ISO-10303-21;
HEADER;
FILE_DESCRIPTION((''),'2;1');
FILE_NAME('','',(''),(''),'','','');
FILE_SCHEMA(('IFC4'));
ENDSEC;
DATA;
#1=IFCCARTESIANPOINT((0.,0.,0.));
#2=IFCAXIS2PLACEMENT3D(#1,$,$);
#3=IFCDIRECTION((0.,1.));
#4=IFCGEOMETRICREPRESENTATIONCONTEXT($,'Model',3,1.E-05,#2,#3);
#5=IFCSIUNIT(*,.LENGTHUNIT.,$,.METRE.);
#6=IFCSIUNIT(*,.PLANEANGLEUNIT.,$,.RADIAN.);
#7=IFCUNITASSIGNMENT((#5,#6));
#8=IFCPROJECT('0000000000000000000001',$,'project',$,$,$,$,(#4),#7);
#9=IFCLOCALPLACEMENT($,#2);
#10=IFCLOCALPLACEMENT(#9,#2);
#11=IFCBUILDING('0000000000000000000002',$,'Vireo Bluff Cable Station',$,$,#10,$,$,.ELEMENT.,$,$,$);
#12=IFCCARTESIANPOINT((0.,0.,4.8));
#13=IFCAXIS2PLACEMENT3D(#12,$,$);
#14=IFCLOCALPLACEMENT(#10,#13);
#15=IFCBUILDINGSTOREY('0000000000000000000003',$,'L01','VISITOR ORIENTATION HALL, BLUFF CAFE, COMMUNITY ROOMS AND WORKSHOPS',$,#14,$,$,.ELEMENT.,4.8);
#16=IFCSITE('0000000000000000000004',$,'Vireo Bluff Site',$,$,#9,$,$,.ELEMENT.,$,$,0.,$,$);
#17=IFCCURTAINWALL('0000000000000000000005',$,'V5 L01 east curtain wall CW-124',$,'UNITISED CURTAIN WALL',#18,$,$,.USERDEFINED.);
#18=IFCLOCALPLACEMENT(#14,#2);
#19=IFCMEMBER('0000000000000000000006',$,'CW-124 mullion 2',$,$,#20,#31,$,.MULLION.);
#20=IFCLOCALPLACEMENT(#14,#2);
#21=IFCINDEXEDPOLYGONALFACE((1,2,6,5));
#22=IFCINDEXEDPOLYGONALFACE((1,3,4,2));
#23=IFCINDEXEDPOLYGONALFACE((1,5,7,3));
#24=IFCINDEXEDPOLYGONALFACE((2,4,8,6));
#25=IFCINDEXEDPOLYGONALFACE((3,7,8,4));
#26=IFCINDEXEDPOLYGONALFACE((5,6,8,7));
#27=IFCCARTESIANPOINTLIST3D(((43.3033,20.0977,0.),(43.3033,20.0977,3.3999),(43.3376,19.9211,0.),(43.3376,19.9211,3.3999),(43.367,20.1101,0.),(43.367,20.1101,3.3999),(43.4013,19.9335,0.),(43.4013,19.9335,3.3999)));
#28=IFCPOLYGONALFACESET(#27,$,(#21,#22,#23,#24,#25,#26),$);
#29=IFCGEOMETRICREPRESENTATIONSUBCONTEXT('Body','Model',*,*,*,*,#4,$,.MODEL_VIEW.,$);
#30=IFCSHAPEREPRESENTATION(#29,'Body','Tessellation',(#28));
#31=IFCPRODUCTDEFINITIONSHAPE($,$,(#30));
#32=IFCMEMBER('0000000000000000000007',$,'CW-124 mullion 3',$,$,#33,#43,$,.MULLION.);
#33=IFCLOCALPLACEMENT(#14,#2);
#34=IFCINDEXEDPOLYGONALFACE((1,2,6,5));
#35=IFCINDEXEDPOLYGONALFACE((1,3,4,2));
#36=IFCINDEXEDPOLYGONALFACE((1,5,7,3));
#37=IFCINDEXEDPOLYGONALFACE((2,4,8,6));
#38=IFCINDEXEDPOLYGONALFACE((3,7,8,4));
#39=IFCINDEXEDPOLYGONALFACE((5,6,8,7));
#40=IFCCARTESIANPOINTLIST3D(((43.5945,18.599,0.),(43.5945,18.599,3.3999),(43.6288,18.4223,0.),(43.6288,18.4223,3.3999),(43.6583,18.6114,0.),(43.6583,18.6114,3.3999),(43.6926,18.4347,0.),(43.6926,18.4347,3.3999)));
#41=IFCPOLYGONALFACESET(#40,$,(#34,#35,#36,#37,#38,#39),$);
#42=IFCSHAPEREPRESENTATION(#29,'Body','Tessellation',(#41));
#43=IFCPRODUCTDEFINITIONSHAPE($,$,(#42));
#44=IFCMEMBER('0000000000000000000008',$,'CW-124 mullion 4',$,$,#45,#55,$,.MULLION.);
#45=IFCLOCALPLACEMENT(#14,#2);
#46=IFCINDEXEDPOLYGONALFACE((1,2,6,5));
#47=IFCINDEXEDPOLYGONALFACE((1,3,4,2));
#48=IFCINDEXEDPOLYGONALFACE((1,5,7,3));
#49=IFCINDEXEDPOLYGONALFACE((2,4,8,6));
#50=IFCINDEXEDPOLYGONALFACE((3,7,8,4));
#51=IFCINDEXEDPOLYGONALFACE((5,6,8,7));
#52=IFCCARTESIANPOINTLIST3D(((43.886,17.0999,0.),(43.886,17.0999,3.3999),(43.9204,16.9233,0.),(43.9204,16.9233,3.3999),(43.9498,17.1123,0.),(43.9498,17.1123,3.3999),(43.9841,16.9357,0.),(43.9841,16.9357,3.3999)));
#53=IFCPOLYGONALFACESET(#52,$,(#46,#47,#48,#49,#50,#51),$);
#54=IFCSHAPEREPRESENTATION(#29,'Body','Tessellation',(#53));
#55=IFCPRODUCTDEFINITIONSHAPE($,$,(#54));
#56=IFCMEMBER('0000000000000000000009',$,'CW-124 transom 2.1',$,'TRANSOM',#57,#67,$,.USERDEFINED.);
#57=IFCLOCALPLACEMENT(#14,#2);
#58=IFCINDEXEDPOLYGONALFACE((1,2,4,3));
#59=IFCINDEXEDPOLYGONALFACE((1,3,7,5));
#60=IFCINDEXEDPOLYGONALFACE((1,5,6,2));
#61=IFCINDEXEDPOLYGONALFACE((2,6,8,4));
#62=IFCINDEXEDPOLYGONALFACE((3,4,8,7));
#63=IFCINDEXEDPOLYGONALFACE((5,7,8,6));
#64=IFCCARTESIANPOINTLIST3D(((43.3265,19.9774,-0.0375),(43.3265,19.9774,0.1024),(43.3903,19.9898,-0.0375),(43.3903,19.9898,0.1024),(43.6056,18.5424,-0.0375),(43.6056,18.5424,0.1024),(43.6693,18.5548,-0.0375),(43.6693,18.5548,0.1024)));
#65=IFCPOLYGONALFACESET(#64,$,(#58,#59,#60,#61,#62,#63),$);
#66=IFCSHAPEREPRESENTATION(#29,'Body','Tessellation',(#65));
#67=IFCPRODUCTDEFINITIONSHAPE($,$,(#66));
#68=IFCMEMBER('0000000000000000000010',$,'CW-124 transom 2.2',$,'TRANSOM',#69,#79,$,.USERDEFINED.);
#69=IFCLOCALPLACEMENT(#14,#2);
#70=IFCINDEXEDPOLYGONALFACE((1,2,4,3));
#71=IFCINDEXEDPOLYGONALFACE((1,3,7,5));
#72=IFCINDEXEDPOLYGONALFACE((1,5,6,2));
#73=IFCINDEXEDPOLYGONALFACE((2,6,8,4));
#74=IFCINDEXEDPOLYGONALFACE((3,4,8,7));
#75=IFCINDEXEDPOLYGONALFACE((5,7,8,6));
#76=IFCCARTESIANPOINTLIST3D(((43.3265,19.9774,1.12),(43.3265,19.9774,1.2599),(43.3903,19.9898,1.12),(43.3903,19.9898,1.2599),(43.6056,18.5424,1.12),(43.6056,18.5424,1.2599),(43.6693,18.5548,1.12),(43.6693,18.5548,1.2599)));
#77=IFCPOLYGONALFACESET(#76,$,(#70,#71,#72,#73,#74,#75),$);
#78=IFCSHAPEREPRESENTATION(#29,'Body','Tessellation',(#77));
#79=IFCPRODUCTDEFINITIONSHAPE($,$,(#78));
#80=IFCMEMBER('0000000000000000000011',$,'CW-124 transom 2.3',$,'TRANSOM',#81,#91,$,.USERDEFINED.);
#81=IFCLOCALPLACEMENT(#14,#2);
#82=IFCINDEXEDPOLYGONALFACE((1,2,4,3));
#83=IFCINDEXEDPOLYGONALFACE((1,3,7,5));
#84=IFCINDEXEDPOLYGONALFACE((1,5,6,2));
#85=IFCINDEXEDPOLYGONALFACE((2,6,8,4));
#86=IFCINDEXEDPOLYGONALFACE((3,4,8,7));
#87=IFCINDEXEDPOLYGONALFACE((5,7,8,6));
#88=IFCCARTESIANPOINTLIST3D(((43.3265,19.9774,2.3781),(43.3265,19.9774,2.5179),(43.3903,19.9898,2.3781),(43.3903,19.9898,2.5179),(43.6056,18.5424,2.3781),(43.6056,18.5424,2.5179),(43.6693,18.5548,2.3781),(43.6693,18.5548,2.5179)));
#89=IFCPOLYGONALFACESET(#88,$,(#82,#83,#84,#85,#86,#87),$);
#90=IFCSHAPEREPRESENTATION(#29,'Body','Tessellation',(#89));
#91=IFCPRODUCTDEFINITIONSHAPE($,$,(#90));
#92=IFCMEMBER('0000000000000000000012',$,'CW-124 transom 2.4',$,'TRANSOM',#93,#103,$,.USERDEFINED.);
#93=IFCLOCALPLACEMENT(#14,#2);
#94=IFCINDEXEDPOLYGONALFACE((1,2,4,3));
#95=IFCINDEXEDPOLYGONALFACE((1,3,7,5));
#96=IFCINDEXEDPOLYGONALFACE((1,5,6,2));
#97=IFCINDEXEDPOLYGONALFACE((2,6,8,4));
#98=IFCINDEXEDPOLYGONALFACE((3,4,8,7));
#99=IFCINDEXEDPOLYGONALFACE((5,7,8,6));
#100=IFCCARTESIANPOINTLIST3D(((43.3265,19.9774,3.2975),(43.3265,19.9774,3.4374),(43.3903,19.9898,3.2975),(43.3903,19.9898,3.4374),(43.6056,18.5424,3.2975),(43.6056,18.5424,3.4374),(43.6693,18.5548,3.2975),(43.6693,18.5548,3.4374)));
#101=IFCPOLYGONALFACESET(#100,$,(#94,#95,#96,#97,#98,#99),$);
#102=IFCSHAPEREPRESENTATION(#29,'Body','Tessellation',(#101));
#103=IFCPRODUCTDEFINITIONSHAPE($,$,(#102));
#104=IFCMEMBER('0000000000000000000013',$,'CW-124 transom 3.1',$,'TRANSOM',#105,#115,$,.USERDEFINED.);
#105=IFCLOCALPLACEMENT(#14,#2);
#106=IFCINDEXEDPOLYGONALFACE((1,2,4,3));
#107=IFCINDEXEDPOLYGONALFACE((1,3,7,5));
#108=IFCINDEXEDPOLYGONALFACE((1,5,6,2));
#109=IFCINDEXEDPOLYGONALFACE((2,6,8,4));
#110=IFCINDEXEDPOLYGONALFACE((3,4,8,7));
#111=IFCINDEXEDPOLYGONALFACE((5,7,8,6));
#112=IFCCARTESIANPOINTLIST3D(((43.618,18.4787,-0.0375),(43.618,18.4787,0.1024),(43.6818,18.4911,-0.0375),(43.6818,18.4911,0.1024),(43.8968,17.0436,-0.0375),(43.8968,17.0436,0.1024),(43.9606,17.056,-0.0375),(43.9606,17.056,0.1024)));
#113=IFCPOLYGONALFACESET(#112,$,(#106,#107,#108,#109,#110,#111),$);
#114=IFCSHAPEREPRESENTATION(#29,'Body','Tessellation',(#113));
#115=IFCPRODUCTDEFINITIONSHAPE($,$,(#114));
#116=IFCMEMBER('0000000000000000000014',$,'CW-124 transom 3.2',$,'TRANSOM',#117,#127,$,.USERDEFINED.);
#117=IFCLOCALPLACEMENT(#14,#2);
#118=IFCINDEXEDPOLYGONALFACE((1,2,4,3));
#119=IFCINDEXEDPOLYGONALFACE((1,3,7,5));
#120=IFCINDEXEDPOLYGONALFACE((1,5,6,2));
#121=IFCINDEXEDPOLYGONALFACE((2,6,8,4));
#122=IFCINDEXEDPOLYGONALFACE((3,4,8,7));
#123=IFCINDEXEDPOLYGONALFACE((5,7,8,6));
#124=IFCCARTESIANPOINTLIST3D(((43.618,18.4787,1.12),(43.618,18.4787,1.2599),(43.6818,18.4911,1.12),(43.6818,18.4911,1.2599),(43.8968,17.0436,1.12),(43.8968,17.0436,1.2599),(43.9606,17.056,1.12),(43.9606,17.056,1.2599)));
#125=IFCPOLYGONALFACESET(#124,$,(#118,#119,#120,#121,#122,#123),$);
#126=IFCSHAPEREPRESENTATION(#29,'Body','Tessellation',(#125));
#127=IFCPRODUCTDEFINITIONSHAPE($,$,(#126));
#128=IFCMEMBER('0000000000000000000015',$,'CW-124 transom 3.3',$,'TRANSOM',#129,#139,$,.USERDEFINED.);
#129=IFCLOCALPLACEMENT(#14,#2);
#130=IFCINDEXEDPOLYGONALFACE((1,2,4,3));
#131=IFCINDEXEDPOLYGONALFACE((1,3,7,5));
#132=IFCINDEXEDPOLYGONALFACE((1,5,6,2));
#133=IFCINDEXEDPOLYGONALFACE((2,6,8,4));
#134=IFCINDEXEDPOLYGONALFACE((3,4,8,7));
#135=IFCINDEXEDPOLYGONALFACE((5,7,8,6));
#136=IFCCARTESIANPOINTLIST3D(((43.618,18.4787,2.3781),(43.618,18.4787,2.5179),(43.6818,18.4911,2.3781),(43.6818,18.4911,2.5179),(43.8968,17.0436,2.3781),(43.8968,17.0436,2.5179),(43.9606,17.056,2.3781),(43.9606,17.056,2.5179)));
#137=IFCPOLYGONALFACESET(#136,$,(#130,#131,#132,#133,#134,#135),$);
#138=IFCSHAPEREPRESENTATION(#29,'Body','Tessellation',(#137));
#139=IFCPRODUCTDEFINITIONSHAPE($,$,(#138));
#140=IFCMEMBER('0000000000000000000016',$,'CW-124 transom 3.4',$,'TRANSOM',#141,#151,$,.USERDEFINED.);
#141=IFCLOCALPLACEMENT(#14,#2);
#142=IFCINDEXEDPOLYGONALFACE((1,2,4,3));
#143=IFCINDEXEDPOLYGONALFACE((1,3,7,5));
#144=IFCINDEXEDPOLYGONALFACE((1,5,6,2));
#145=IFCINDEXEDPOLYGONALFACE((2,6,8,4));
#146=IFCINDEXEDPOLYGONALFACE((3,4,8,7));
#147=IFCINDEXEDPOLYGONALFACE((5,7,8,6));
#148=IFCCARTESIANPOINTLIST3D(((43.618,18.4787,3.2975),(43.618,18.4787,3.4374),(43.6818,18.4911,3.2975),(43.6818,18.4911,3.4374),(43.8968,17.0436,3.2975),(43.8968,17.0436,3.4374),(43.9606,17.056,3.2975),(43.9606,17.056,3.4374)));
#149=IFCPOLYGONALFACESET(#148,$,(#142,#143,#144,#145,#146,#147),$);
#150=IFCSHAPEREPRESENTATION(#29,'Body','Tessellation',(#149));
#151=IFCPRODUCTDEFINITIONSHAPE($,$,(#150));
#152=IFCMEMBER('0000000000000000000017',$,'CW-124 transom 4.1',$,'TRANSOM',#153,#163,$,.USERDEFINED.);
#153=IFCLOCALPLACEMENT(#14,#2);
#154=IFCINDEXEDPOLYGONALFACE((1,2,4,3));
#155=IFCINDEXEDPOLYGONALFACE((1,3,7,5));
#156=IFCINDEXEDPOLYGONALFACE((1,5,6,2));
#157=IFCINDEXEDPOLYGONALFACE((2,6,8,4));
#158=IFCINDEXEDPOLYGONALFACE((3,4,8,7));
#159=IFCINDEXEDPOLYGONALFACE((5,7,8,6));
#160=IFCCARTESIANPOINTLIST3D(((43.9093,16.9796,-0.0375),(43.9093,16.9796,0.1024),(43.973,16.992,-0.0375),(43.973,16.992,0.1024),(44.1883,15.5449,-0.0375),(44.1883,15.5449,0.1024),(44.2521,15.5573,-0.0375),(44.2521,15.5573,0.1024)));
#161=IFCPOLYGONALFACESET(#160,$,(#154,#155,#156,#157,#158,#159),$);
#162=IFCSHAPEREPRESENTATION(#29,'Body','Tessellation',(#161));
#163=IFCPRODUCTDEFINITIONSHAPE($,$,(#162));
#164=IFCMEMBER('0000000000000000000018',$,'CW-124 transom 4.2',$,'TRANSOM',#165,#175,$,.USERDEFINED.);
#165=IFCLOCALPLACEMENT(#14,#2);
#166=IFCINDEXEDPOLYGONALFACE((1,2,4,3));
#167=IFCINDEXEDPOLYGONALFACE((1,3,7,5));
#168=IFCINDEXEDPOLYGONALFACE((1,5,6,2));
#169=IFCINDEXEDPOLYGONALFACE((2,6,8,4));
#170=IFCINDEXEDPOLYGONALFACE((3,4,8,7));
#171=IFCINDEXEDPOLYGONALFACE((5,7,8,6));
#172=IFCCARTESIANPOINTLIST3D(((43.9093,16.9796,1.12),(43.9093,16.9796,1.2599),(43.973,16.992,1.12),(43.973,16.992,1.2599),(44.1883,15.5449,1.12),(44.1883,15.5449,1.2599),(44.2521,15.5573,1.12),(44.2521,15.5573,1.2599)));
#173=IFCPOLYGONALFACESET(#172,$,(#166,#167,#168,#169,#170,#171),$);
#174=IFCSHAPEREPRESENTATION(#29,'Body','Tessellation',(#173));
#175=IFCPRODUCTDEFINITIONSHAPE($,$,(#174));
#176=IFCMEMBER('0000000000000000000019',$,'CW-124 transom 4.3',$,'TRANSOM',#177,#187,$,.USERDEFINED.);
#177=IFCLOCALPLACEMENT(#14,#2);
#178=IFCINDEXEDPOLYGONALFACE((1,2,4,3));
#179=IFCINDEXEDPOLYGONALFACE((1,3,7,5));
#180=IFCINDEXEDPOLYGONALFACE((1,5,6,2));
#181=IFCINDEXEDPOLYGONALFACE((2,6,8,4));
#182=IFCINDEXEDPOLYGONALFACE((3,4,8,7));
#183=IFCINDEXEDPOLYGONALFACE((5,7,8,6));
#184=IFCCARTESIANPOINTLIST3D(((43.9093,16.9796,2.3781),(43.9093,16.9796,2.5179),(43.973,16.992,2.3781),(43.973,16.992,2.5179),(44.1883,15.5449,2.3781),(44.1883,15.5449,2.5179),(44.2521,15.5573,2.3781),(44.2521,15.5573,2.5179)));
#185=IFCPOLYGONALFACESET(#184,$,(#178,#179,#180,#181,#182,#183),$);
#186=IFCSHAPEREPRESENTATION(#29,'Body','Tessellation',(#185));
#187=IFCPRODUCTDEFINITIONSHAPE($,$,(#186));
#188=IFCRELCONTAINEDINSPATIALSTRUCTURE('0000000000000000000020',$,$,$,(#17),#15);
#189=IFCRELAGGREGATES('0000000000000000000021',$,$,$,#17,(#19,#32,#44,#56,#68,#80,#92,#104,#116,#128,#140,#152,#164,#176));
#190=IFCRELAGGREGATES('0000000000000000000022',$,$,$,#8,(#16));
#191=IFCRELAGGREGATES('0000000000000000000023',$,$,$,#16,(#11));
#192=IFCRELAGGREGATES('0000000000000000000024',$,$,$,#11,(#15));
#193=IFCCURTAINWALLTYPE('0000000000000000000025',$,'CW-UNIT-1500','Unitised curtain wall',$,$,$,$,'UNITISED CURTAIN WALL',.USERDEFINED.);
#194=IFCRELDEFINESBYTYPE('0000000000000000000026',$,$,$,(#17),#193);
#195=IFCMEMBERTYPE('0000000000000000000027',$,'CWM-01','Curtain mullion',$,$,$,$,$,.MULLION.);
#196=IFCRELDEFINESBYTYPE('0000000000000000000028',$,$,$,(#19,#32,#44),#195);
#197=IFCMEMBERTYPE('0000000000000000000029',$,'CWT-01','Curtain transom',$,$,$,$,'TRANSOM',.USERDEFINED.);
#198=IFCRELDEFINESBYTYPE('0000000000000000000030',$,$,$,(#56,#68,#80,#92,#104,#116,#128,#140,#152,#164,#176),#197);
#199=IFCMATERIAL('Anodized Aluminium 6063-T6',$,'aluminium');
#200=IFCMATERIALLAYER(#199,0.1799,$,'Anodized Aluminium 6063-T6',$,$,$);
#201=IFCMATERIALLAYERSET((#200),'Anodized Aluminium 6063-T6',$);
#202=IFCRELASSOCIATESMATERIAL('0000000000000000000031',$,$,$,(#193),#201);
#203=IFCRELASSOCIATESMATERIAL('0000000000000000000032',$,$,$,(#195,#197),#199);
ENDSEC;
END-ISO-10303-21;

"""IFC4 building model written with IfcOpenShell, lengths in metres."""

from ifc_helpers import new_model, si_unit, direction, frame, origin, origin_2d, place, context, subcontext, project, spatial, rectangle, extrude, material, layer, layer_set, material_profile, profile_set, type_object, element, aggregate, save


model = new_model("IFC4")

# Units and contexts
model_context = context("Model", 3, precision=1e-05, world=origin(), true_north=direction((0.0, 1.0)))
body_context = subcontext(model_context, "Body", "Model", "MODEL_VIEW")
ifc_project = project(units=[si_unit("LENGTHUNIT", "METRE"), si_unit("PLANEANGLEUNIT", "RADIAN")], contexts=[model_context])

# Site, building, storey
site_placement = place(None, origin())
site = spatial("IfcSite", under=ifc_project, at=site_placement, Name="Vireo Bluff Site", CompositionType="ELEMENT", RefElevation=0.0)
building_placement = place(site_placement, origin())
building = spatial("IfcBuilding", under=site, at=building_placement, Name="Vireo Bluff Cable Station", CompositionType="ELEMENT")
storey_placement = place(building_placement, frame((0.0, 0.0, 4.8)))
storey = spatial("IfcBuildingStorey", under=building, at=storey_placement, Name="L01", Description="VISITOR ORIENTATION HALL, BLUFF CAFE, COMMUNITY ROOMS AND WORKSHOPS", CompositionType="ELEMENT", Elevation=4.8)

# Curtain wall, members
ifc_material_1 = material(Name="Anodized Aluminium 6063-T6", Category="aluminium")
ifc_layer_1 = layer(ifc_material_1, 0.1799, Name="Anodized Aluminium 6063-T6")
ifc_layer_set_1 = layer_set([ifc_layer_1], Name="Anodized Aluminium 6063-T6")
curtain_wall_type = type_object("IfcCurtainWallType", Name="CW-UNIT-1500", Description="Unitised curtain wall", ElementType="UNITISED CURTAIN WALL", PredefinedType="USERDEFINED", material=ifc_layer_set_1)
curtain_wall_placement = place(storey_placement, origin())
curtain_wall = element("IfcCurtainWall", 1, at=curtain_wall_placement, inside=storey, type_object=curtain_wall_type, Name="V5 L01 east curtain wall CW-124", ObjectType="UNITISED CURTAIN WALL", PredefinedType="USERDEFINED")
ifc_material_profile_1 = material_profile(ifc_material_1, rectangle(XDim=0.0649, YDim=0.1799, at=origin_2d()), Name="ALU-M-65X180")
ifc_profile_set_1 = profile_set([ifc_material_profile_1], Name="Anodized Aluminium 6063-T6")
member_type_1 = type_object("IfcMemberType", Name="CWM-01", Description="Curtain mullion", PredefinedType="MULLION", material=ifc_profile_set_1)
member_1_placement = place(storey_placement, frame((43.3523, 20.0156, 0.0), z_axis=(0.0, 0.0, 1.0), x_axis=(0.981627, 0.190809, 0.0)))
member_1 = element("IfcMember", 2, at=member_1_placement, type_object=member_type_1, Name="CW-124 mullion 2", PredefinedType="MULLION", context=body_context, shape_type="SweptSolid", body=[
    extrude(rectangle(XDim=0.0649, YDim=0.1799, at=origin_2d()), origin(), (0.0, 0.0, 1.0), 3.3999),
])
member_2_placement = place(storey_placement, frame((43.6436, 18.5168, 0.0), z_axis=(0.0, 0.0, 1.0), x_axis=(0.981627, 0.190809, 0.0)))
member_2 = element("IfcMember", 3, at=member_2_placement, type_object=member_type_1, Name="CW-124 mullion 3", PredefinedType="MULLION", context=body_context, shape_type="SweptSolid", body=[
    extrude(rectangle(XDim=0.0649, YDim=0.1799, at=origin_2d()), origin(), (0.0, 0.0, 1.0), 3.3999),
])
member_3_placement = place(storey_placement, frame((43.9351, 17.0178, 0.0), z_axis=(0.0, 0.0, 1.0), x_axis=(0.981627, 0.190809, 0.0)))
member_3 = element("IfcMember", 4, at=member_3_placement, type_object=member_type_1, Name="CW-124 mullion 4", PredefinedType="MULLION", context=body_context, shape_type="SweptSolid", body=[
    extrude(rectangle(XDim=0.0649, YDim=0.1799, at=origin_2d()), origin(), (0.0, 0.0, 1.0), 3.3999),
])
ifc_material_profile_2 = material_profile(ifc_material_1, rectangle(XDim=0.0649, YDim=0.1399, at=origin_2d()), Name="ALU-T-65X140")
ifc_profile_set_2 = profile_set([ifc_material_profile_2], Name="Anodized Aluminium 6063-T6")
member_type_2 = type_object("IfcMemberType", Name="CWT-01", Description="Curtain transom", ElementType="TRANSOM", PredefinedType="USERDEFINED", material=ifc_profile_set_2)
member_4_placement = place(storey_placement, frame((43.3584, 19.9836, 0.0325), z_axis=(0.190879, -0.981614, 0.0), x_axis=(0.981614, 0.190879, 0.0)))
member_4 = element("IfcMember", 5, at=member_4_placement, type_object=member_type_2, Name="CW-124 transom 2.1", ObjectType="TRANSOM", PredefinedType="USERDEFINED", context=body_context, shape_type="SweptSolid", body=[
    extrude(rectangle(XDim=0.0649, YDim=0.1399, at=origin_2d()), origin(), (0.0, 0.0, 1.0), 1.4619),
])
member_5_placement = place(storey_placement, frame((43.3584, 19.9836, 1.1899), z_axis=(0.190879, -0.981614, 0.0), x_axis=(0.981614, 0.190879, 0.0)))
member_5 = element("IfcMember", 6, at=member_5_placement, type_object=member_type_2, Name="CW-124 transom 2.2", ObjectType="TRANSOM", PredefinedType="USERDEFINED", context=body_context, shape_type="SweptSolid", body=[
    extrude(rectangle(XDim=0.0649, YDim=0.1399, at=origin_2d()), origin(), (0.0, 0.0, 1.0), 1.4619),
])
member_6_placement = place(storey_placement, frame((43.3584, 19.9836, 2.448), z_axis=(0.190879, -0.981614, 0.0), x_axis=(0.981614, 0.190879, 0.0)))
member_6 = element("IfcMember", 7, at=member_6_placement, type_object=member_type_2, Name="CW-124 transom 2.3", ObjectType="TRANSOM", PredefinedType="USERDEFINED", context=body_context, shape_type="SweptSolid", body=[
    extrude(rectangle(XDim=0.0649, YDim=0.1399, at=origin_2d()), origin(), (0.0, 0.0, 1.0), 1.4619),
])
member_7_placement = place(storey_placement, frame((43.3584, 19.9836, 3.3674), z_axis=(0.190879, -0.981614, 0.0), x_axis=(0.981614, 0.190879, 0.0)))
member_7 = element("IfcMember", 8, at=member_7_placement, type_object=member_type_2, Name="CW-124 transom 2.4", ObjectType="TRANSOM", PredefinedType="USERDEFINED", context=body_context, shape_type="SweptSolid", body=[
    extrude(rectangle(XDim=0.0649, YDim=0.1399, at=origin_2d()), origin(), (0.0, 0.0, 1.0), 1.4619),
])
member_8_placement = place(storey_placement, frame((43.6499, 18.4849, 0.0325), z_axis=(0.190718, -0.981645, 0.0), x_axis=(0.981645, 0.190718, 0.0)))
member_8 = element("IfcMember", 9, at=member_8_placement, type_object=member_type_2, Name="CW-124 transom 3.1", ObjectType="TRANSOM", PredefinedType="USERDEFINED", context=body_context, shape_type="SweptSolid", body=[
    extrude(rectangle(XDim=0.0649, YDim=0.1399, at=origin_2d()), origin(), (0.0, 0.0, 1.0), 1.4619),
])
member_9_placement = place(storey_placement, frame((43.6499, 18.4849, 1.1899), z_axis=(0.190718, -0.981645, 0.0), x_axis=(0.981645, 0.190718, 0.0)))
member_9 = element("IfcMember", 10, at=member_9_placement, type_object=member_type_2, Name="CW-124 transom 3.2", ObjectType="TRANSOM", PredefinedType="USERDEFINED", context=body_context, shape_type="SweptSolid", body=[
    extrude(rectangle(XDim=0.0649, YDim=0.1399, at=origin_2d()), origin(), (0.0, 0.0, 1.0), 1.4619),
])
member_10_placement = place(storey_placement, frame((43.6499, 18.4849, 2.448), z_axis=(0.190718, -0.981645, 0.0), x_axis=(0.981645, 0.190718, 0.0)))
member_10 = element("IfcMember", 11, at=member_10_placement, type_object=member_type_2, Name="CW-124 transom 3.3", ObjectType="TRANSOM", PredefinedType="USERDEFINED", context=body_context, shape_type="SweptSolid", body=[
    extrude(rectangle(XDim=0.0649, YDim=0.1399, at=origin_2d()), origin(), (0.0, 0.0, 1.0), 1.4619),
])
member_11_placement = place(storey_placement, frame((43.6499, 18.4849, 3.3674), z_axis=(0.190718, -0.981645, 0.0), x_axis=(0.981645, 0.190718, 0.0)))
member_11 = element("IfcMember", 12, at=member_11_placement, type_object=member_type_2, Name="CW-124 transom 3.4", ObjectType="TRANSOM", PredefinedType="USERDEFINED", context=body_context, shape_type="SweptSolid", body=[
    extrude(rectangle(XDim=0.0649, YDim=0.1399, at=origin_2d()), origin(), (0.0, 0.0, 1.0), 1.4619),
])
member_12_placement = place(storey_placement, frame((43.9412, 16.9858, 0.0325), z_axis=(0.19091, -0.981608, 0.0), x_axis=(0.981608, 0.19091, 0.0)))
member_12 = element("IfcMember", 13, at=member_12_placement, type_object=member_type_2, Name="CW-124 transom 4.1", ObjectType="TRANSOM", PredefinedType="USERDEFINED", context=body_context, shape_type="SweptSolid", body=[
    extrude(rectangle(XDim=0.0649, YDim=0.1399, at=origin_2d()), origin(), (0.0, 0.0, 1.0), 1.4617),
])
member_13_placement = place(storey_placement, frame((43.9412, 16.9858, 1.1899), z_axis=(0.19091, -0.981608, 0.0), x_axis=(0.981608, 0.19091, 0.0)))
member_13 = element("IfcMember", 14, at=member_13_placement, type_object=member_type_2, Name="CW-124 transom 4.2", ObjectType="TRANSOM", PredefinedType="USERDEFINED", context=body_context, shape_type="SweptSolid", body=[
    extrude(rectangle(XDim=0.0649, YDim=0.1399, at=origin_2d()), origin(), (0.0, 0.0, 1.0), 1.4617),
])
member_14_placement = place(storey_placement, frame((43.9412, 16.9858, 2.448), z_axis=(0.19091, -0.981608, 0.0), x_axis=(0.981608, 0.19091, 0.0)))
member_14 = element("IfcMember", 15, at=member_14_placement, type_object=member_type_2, Name="CW-124 transom 4.3", ObjectType="TRANSOM", PredefinedType="USERDEFINED", context=body_context, shape_type="SweptSolid", body=[
    extrude(rectangle(XDim=0.0649, YDim=0.1399, at=origin_2d()), origin(), (0.0, 0.0, 1.0), 1.4617),
])
aggregate(curtain_wall, [member_1, member_2, member_3, member_4, member_5, member_6, member_7, member_8, member_9, member_10, member_11, member_12, member_13, member_14])

save(model, "model.ifc")
